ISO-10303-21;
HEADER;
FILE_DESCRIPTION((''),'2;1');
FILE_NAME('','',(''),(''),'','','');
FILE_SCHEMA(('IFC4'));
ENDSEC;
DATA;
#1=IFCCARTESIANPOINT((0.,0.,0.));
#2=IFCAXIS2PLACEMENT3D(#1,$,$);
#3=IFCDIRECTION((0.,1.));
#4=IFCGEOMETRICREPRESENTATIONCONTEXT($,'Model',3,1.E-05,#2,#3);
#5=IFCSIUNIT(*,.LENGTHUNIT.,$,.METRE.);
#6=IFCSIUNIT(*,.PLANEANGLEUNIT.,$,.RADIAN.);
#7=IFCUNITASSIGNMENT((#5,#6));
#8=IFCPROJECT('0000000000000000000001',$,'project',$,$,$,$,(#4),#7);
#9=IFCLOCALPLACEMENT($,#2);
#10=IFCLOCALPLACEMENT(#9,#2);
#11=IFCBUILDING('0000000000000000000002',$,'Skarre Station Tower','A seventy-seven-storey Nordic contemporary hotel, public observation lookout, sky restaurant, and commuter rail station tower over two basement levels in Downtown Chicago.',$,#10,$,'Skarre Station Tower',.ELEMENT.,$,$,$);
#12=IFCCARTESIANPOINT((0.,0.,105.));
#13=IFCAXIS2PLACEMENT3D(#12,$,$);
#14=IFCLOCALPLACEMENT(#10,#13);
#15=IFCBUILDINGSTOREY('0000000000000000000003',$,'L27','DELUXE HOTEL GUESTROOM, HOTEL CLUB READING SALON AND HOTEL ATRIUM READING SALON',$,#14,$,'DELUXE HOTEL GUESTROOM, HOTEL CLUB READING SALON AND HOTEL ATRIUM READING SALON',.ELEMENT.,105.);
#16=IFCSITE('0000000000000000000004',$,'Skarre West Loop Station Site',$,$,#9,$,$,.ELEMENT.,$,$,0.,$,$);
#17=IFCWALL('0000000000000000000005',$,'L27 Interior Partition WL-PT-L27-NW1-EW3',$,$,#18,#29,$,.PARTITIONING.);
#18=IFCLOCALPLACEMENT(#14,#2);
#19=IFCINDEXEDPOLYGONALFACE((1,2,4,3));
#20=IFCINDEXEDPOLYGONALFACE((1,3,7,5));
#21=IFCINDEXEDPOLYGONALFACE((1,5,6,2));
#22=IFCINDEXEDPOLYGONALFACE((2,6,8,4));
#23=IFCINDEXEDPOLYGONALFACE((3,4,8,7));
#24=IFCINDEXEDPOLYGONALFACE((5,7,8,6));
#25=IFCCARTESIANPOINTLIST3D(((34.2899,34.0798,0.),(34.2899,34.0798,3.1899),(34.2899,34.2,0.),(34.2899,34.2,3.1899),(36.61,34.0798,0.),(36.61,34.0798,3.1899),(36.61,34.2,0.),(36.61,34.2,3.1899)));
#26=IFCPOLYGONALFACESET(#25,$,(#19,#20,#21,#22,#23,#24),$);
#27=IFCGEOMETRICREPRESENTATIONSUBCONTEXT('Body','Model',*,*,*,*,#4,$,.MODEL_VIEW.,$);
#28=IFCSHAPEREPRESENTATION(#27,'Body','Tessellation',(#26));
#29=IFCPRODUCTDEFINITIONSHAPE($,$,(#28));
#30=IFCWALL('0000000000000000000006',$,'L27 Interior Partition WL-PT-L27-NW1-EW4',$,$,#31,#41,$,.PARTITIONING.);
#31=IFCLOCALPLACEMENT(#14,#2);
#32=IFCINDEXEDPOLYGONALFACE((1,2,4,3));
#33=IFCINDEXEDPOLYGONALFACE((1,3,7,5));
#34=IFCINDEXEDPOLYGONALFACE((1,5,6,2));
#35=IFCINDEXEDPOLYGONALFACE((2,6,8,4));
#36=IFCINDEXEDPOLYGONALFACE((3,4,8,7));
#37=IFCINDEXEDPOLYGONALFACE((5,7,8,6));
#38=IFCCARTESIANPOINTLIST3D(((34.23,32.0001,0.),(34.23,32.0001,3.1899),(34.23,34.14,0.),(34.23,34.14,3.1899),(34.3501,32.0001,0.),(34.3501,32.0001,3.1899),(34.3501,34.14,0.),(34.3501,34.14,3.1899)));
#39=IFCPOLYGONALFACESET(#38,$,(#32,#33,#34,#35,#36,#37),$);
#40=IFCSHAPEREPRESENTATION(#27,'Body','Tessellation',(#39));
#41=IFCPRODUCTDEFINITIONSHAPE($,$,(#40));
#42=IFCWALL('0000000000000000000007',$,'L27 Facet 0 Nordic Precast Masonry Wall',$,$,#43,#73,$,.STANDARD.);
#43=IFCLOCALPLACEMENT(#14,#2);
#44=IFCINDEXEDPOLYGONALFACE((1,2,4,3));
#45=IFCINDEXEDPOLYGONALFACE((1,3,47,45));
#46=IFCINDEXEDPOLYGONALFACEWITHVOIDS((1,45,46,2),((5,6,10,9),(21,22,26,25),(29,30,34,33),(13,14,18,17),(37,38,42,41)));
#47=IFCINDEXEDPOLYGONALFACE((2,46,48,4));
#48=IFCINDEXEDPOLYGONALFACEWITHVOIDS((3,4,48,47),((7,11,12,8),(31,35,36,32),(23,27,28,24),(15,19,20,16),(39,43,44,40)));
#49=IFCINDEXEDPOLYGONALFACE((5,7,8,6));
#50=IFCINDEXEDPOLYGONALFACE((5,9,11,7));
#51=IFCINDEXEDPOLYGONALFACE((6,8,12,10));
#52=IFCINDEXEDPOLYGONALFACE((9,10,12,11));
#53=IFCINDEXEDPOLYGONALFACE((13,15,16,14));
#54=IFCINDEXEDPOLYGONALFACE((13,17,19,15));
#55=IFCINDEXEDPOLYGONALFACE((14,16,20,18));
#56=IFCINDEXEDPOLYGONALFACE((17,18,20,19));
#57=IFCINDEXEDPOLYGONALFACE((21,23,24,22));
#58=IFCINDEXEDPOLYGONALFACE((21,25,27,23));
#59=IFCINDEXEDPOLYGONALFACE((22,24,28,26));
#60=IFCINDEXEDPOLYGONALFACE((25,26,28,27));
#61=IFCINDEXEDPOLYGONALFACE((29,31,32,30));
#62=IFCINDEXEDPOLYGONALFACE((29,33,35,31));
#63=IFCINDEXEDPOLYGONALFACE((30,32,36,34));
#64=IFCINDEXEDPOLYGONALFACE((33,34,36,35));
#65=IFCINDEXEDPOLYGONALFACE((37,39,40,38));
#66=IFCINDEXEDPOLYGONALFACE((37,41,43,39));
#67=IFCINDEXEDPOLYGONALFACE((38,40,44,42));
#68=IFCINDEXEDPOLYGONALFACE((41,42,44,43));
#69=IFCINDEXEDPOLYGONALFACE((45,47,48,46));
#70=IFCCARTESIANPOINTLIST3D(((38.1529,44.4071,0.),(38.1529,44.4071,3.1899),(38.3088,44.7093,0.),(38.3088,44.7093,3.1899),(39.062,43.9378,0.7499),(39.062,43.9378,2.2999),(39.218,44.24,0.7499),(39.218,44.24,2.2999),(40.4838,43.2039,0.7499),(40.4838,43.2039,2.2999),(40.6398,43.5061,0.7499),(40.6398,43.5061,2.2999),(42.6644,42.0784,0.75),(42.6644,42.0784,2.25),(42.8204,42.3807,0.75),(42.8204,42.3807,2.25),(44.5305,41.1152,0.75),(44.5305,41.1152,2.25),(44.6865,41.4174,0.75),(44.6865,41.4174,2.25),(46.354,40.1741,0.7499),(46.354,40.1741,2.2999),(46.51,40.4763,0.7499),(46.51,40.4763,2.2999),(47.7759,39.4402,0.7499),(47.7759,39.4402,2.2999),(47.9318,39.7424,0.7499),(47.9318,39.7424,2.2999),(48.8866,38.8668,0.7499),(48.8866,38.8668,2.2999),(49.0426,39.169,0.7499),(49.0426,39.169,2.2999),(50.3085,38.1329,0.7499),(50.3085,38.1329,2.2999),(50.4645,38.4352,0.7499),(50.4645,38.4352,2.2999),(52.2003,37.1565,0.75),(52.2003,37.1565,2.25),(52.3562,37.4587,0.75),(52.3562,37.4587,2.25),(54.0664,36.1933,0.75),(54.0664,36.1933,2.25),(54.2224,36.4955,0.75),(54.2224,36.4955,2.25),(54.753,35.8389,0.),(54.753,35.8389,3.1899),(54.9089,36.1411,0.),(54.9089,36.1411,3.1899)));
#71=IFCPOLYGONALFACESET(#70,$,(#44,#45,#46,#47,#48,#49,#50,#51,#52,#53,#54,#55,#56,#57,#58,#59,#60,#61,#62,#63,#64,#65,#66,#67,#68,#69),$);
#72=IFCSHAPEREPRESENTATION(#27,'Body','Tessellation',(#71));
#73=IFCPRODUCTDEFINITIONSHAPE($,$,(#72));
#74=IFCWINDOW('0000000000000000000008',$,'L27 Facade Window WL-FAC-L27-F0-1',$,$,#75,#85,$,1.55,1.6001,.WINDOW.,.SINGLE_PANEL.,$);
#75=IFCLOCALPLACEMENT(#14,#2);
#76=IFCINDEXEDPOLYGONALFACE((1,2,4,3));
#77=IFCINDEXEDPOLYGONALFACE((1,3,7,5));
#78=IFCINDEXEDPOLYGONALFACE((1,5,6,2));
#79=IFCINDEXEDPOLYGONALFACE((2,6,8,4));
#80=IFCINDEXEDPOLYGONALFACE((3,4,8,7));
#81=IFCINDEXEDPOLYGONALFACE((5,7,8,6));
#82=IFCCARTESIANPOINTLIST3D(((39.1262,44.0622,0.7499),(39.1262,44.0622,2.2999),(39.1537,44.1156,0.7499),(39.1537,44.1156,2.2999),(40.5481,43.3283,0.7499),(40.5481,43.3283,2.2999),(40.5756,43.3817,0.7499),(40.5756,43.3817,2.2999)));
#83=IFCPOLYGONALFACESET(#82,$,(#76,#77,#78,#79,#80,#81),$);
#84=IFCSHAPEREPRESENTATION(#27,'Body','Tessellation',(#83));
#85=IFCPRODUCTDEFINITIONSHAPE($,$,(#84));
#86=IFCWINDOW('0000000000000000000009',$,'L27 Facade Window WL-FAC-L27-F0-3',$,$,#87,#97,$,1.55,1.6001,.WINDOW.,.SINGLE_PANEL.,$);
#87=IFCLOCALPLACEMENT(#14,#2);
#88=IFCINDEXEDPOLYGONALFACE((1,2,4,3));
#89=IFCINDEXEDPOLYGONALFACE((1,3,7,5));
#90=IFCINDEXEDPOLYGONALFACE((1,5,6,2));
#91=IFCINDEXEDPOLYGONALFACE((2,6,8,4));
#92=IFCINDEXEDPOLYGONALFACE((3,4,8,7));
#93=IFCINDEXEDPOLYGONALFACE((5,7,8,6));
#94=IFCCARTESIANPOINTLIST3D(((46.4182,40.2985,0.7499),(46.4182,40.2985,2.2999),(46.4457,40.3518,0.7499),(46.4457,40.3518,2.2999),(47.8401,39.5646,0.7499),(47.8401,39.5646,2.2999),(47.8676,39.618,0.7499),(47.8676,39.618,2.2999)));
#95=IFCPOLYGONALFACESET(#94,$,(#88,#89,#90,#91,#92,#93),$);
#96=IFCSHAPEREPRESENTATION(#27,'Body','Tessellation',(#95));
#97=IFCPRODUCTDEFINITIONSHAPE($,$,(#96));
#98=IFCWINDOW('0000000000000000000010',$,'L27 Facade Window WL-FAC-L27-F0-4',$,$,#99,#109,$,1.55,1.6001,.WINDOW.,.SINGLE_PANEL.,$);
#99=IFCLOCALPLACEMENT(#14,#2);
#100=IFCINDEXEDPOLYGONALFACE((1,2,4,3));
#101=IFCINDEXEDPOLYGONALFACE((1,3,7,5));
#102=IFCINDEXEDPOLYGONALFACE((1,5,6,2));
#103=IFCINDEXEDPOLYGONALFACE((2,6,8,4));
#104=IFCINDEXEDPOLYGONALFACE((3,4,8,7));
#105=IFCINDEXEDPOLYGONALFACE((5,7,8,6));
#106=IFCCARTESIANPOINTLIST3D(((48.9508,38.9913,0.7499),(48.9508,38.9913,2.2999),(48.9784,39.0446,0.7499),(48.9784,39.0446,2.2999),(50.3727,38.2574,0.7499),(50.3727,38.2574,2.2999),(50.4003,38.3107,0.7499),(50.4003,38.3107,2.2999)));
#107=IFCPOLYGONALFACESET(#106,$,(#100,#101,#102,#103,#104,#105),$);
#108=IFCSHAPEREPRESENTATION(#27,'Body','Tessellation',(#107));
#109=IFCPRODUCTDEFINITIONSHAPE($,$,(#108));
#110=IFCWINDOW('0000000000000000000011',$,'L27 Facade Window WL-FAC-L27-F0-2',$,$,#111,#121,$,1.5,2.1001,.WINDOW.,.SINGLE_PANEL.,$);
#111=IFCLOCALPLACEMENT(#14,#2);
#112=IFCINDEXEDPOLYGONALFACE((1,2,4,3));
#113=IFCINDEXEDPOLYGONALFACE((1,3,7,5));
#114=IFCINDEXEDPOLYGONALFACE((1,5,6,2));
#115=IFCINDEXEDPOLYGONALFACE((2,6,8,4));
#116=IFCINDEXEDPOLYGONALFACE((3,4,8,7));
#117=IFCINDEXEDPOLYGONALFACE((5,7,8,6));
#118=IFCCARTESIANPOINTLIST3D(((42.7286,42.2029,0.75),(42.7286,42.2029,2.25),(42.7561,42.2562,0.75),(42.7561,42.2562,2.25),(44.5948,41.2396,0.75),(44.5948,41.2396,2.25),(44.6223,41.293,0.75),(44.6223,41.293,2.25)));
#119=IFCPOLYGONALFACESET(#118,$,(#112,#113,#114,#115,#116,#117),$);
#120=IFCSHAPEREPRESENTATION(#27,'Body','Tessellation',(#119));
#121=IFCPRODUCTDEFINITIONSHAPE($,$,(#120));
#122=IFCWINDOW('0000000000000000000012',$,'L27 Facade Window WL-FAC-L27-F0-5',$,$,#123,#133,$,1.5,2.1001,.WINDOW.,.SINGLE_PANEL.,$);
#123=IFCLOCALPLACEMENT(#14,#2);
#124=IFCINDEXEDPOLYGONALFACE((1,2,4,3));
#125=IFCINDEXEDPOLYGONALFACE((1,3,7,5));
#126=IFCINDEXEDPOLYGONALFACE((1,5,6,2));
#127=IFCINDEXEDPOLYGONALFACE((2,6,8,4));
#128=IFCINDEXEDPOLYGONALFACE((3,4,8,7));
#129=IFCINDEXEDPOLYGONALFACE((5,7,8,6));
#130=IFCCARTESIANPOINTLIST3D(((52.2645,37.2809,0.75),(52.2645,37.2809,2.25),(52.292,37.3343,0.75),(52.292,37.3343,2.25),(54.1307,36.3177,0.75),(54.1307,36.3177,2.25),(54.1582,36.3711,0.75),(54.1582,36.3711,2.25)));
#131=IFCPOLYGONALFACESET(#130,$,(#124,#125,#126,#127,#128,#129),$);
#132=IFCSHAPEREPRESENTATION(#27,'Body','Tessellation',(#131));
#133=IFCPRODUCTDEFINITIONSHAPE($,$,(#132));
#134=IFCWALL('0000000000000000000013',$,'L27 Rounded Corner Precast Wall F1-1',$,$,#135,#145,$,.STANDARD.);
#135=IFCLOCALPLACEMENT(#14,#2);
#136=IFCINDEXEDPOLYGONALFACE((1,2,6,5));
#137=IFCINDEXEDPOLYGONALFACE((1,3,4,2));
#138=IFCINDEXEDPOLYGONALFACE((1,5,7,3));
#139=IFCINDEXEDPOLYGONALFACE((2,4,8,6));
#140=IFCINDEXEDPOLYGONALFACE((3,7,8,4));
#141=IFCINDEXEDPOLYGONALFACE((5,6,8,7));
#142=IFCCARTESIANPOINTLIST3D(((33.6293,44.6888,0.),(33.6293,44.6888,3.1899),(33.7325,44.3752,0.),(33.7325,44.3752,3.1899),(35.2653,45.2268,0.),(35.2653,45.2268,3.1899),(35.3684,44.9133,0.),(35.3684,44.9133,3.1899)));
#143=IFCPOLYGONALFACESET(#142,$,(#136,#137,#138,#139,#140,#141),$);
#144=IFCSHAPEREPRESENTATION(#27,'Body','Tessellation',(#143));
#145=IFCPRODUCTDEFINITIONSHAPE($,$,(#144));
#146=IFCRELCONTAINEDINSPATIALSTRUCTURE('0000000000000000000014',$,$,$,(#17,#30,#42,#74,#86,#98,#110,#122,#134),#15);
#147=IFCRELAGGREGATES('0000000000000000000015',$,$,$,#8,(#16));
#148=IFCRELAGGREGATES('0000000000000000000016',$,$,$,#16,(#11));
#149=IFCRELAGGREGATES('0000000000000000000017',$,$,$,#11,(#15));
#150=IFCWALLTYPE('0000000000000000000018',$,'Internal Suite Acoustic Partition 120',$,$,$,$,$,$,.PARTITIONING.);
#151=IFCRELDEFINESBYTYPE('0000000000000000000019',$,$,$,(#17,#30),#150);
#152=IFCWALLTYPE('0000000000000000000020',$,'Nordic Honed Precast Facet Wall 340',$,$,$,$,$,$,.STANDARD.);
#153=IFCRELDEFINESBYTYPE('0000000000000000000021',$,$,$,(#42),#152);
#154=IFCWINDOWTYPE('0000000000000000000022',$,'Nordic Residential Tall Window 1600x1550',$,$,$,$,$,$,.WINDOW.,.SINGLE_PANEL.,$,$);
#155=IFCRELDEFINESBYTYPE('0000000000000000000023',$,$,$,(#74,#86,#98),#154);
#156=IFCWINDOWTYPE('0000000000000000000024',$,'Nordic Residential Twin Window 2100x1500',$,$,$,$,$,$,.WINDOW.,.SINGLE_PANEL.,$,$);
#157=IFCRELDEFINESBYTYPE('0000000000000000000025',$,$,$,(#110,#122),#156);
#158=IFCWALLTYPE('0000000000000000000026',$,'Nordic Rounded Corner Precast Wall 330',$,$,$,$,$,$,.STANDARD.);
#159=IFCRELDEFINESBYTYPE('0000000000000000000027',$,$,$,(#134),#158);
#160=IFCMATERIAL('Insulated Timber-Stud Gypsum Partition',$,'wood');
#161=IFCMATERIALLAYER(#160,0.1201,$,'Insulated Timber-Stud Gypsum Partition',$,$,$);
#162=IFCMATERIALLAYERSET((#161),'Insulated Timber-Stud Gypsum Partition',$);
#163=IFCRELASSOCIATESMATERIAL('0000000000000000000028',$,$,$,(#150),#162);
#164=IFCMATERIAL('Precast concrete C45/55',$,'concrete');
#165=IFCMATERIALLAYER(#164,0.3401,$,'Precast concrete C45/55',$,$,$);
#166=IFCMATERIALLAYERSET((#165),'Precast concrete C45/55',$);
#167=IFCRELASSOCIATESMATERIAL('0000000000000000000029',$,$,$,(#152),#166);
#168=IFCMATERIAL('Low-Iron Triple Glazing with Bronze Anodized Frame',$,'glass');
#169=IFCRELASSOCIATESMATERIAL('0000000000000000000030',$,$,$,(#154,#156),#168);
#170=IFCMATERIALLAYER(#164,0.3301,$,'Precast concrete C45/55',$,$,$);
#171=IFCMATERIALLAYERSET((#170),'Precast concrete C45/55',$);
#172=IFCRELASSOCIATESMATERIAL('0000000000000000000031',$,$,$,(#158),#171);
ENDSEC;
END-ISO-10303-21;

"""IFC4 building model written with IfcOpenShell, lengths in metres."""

from ifc_helpers import new_model, si_unit, direction, frame, frame_2d, origin, place, context, subcontext, project, spatial, rectangle, extrude, material, layer, layer_set, type_object, element, fill, save


model = new_model("IFC4")

# Units and contexts
model_context = context("Model", 3, precision=1e-05, world=origin(), true_north=direction((0.0, 1.0)))
body_context = subcontext(model_context, "Body", "Model", "MODEL_VIEW")
ifc_project = project(units=[si_unit("LENGTHUNIT", "METRE"), si_unit("PLANEANGLEUNIT", "RADIAN")], contexts=[model_context])

# Site, building, storey
site_placement = place(None, origin())
site = spatial("IfcSite", under=ifc_project, at=site_placement, Name="Skarre West Loop Station Site", CompositionType="ELEMENT", RefElevation=0.0)
building_placement = place(site_placement, origin())
building = spatial("IfcBuilding", under=site, at=building_placement, Name="Skarre Station Tower", Description="A seventy-seven-storey Nordic contemporary hotel, public observation lookout, sky restaurant, and commuter rail station tower over two basement levels in Downtown Chicago.", LongName="Skarre Station Tower", CompositionType="ELEMENT")
storey_placement = place(building_placement, frame((0.0, 0.0, 105.0)))
storey = spatial("IfcBuildingStorey", under=building, at=storey_placement, Name="L27", Description="DELUXE HOTEL GUESTROOM, HOTEL CLUB READING SALON AND HOTEL ATRIUM READING SALON", LongName="DELUXE HOTEL GUESTROOM, HOTEL CLUB READING SALON AND HOTEL ATRIUM READING SALON", CompositionType="ELEMENT", Elevation=105.0)

# Walls
ifc_material_1 = material(Name="Insulated Timber-Stud Gypsum Partition", Category="wood")
ifc_layer_1 = layer(ifc_material_1, 0.1201, Name="Insulated Timber-Stud Gypsum Partition")
ifc_layer_set_1 = layer_set([ifc_layer_1], Name="Insulated Timber-Stud Gypsum Partition")
wall_type_1 = type_object("IfcWallType", Name="Internal Suite Acoustic Partition 120", PredefinedType="PARTITIONING", material=ifc_layer_set_1)
wall_1_placement = place(storey_placement, frame((36.6101, 34.1399, 0.0), z_axis=(0.0, 0.0, 1.0), x_axis=(-1.0, 0.0, 0.0)))
element("IfcWall", 1, at=wall_1_placement, inside=storey, type_object=wall_type_1, Name="L27 Interior Partition WL-PT-L27-NW1-EW3", PredefinedType="PARTITIONING", context=body_context, shape_type="SweptSolid", body=[
    extrude(rectangle(XDim=2.3201, YDim=0.1201, at=frame_2d((1.1602, 0.0))), origin(), (0.0, 0.0, 1.0), 3.1899),
])
wall_2_placement = place(storey_placement, frame((34.29, 34.1399, 0.0), z_axis=(0.0, 0.0, 1.0), x_axis=(0.0, -1.0, 0.0)))
element("IfcWall", 2, at=wall_2_placement, inside=storey, type_object=wall_type_1, Name="L27 Interior Partition WL-PT-L27-NW1-EW4", PredefinedType="PARTITIONING", context=body_context, shape_type="SweptSolid", body=[
    extrude(rectangle(XDim=2.1399, YDim=0.1201, at=frame_2d((1.0698, 0.0))), origin(), (0.0, 0.0, 1.0), 3.1899),
])

# Wall, openings, windows
ifc_material_2 = material(Name="Precast concrete C45/55", Category="concrete")
ifc_layer_2 = layer(ifc_material_2, 0.3401, Name="Precast concrete C45/55")
ifc_layer_set_2 = layer_set([ifc_layer_2], Name="Precast concrete C45/55")
wall_type_2 = type_object("IfcWallType", Name="Nordic Honed Precast Facet Wall 340", PredefinedType="STANDARD", material=ifc_layer_set_2)
wall_3_placement = place(storey_placement, frame((38.231, 44.5581, 0.0), z_axis=(0.0, 0.0, 1.0), x_axis=(0.888614, -0.458657, 0.0)))
wall_3 = element("IfcWall", 3, at=wall_3_placement, inside=storey, type_object=wall_type_2, Name="L27 Facet 0 Nordic Precast Masonry Wall", PredefinedType="STANDARD", context=body_context, shape_type="SweptSolid", body=[
    extrude(rectangle(XDim=18.6809, YDim=0.3401, at=frame_2d((9.3403, 0.0))), origin(), (0.0, 0.0, 1.0), 3.1899),
])
opening_1_placement = place(wall_3_placement, frame((1.0229, 0.0, 0.75)))
opening_1 = element("IfcOpeningElement", 4, at=opening_1_placement, cuts=wall_3, PredefinedType="OPENING", context=body_context, shape_type="SweptSolid", body=[
    extrude(rectangle(XDim=1.6001, YDim=1.55, at=frame_2d((0.8, 0.7749))), frame((0.0, 0.1799, 0.0), z_axis=(0.0, -1.0, 0.0), x_axis=(1.0, 0.0, 0.0)), (0.0, 0.0, 1.0), 0.3601),
])
opening_2_placement = place(wall_3_placement, frame((5.0769, 0.0, 0.75)))
opening_2 = element("IfcOpeningElement", 5, at=opening_2_placement, cuts=wall_3, PredefinedType="OPENING", context=body_context, shape_type="SweptSolid", body=[
    extrude(rectangle(XDim=2.1001, YDim=1.5, at=frame_2d((1.05, 0.75))), frame((0.0, 0.1799, 0.0), z_axis=(0.0, -1.0, 0.0), x_axis=(1.0, 0.0, 0.0)), (0.0, 0.0, 1.0), 0.3601),
])
opening_3_placement = place(wall_3_placement, frame((9.229, 0.0, 0.75)))
opening_3 = element("IfcOpeningElement", 6, at=opening_3_placement, cuts=wall_3, PredefinedType="OPENING", context=body_context, shape_type="SweptSolid", body=[
    extrude(rectangle(XDim=1.6001, YDim=1.55, at=frame_2d((0.8, 0.7749))), frame((0.0, 0.1799, 0.0), z_axis=(0.0, -1.0, 0.0), x_axis=(1.0, 0.0, 0.0)), (0.0, 0.0, 1.0), 0.3601),
])
opening_4_placement = place(wall_3_placement, frame((12.0791, 0.0, 0.75)))
opening_4 = element("IfcOpeningElement", 7, at=opening_4_placement, cuts=wall_3, PredefinedType="OPENING", context=body_context, shape_type="SweptSolid", body=[
    extrude(rectangle(XDim=1.6001, YDim=1.55, at=frame_2d((0.8, 0.7749))), frame((0.0, 0.1799, 0.0), z_axis=(0.0, -1.0, 0.0), x_axis=(1.0, 0.0, 0.0)), (0.0, 0.0, 1.0), 0.3601),
])
opening_5_placement = place(wall_3_placement, frame((15.8081, 0.0, 0.75)))
opening_5 = element("IfcOpeningElement", 8, at=opening_5_placement, cuts=wall_3, PredefinedType="OPENING", context=body_context, shape_type="SweptSolid", body=[
    extrude(rectangle(XDim=2.1001, YDim=1.5, at=frame_2d((1.05, 0.75))), frame((0.0, 0.1799, 0.0), z_axis=(0.0, -1.0, 0.0), x_axis=(1.0, 0.0, 0.0)), (0.0, 0.0, 1.0), 0.3601),
])
ifc_material_3 = material(Name="Low-Iron Triple Glazing with Bronze Anodized Frame", Category="glass")
window_type_1 = type_object("IfcWindowType", Name="Nordic Residential Tall Window 1600x1550", PartitioningType="SINGLE_PANEL", PredefinedType="WINDOW", material=ifc_material_3)
window_1_placement = place(opening_1_placement, origin())
window_1 = element("IfcWindow", 9, at=window_1_placement, inside=storey, type_object=window_type_1, Name="L27 Facade Window WL-FAC-L27-F0-1", OverallHeight=1.55, OverallWidth=1.6001, PartitioningType="SINGLE_PANEL", PredefinedType="WINDOW", context=body_context, shape_type="SweptSolid", body=[
    extrude(rectangle(XDim=1.6001, YDim=1.55, at=frame_2d((0.8, 0.7749))), frame((0.0, 0.03, 0.0), z_axis=(0.0, -1.0, 0.0), x_axis=(1.0, 0.0, 0.0)), (0.0, 0.0, 1.0), 0.0601),
])
fill(opening_1, window_1)
window_2_placement = place(opening_3_placement, origin())
window_2 = element("IfcWindow", 10, at=window_2_placement, inside=storey, type_object=window_type_1, Name="L27 Facade Window WL-FAC-L27-F0-3", OverallHeight=1.55, OverallWidth=1.6001, PartitioningType="SINGLE_PANEL", PredefinedType="WINDOW", context=body_context, shape_type="SweptSolid", body=[
    extrude(rectangle(XDim=1.6001, YDim=1.55, at=frame_2d((0.8, 0.7749))), frame((0.0, 0.03, 0.0), z_axis=(0.0, -1.0, 0.0), x_axis=(1.0, 0.0, 0.0)), (0.0, 0.0, 1.0), 0.0601),
])
fill(opening_3, window_2)
window_3_placement = place(opening_4_placement, origin())
window_3 = element("IfcWindow", 11, at=window_3_placement, inside=storey, type_object=window_type_1, Name="L27 Facade Window WL-FAC-L27-F0-4", OverallHeight=1.55, OverallWidth=1.6001, PartitioningType="SINGLE_PANEL", PredefinedType="WINDOW", context=body_context, shape_type="SweptSolid", body=[
    extrude(rectangle(XDim=1.6001, YDim=1.55, at=frame_2d((0.8, 0.7749))), frame((0.0, 0.03, 0.0), z_axis=(0.0, -1.0, 0.0), x_axis=(1.0, 0.0, 0.0)), (0.0, 0.0, 1.0), 0.0601),
])
fill(opening_4, window_3)
window_type_2 = type_object("IfcWindowType", Name="Nordic Residential Twin Window 2100x1500", PartitioningType="SINGLE_PANEL", PredefinedType="WINDOW", material=ifc_material_3)
window_4_placement = place(opening_2_placement, origin())
window_4 = element("IfcWindow", 12, at=window_4_placement, inside=storey, type_object=window_type_2, Name="L27 Facade Window WL-FAC-L27-F0-2", OverallHeight=1.5, OverallWidth=2.1001, PartitioningType="SINGLE_PANEL", PredefinedType="WINDOW", context=body_context, shape_type="SweptSolid", body=[
    extrude(rectangle(XDim=2.1001, YDim=1.5, at=frame_2d((1.05, 0.75))), frame((0.0, 0.03, 0.0), z_axis=(0.0, -1.0, 0.0), x_axis=(1.0, 0.0, 0.0)), (0.0, 0.0, 1.0), 0.0601),
])
fill(opening_2, window_4)
window_5_placement = place(opening_5_placement, origin())
window_5 = element("IfcWindow", 13, at=window_5_placement, inside=storey, type_object=window_type_2, Name="L27 Facade Window WL-FAC-L27-F0-5", OverallHeight=1.5, OverallWidth=2.1001, PartitioningType="SINGLE_PANEL", PredefinedType="WINDOW", context=body_context, shape_type="SweptSolid", body=[
    extrude(rectangle(XDim=2.1001, YDim=1.5, at=frame_2d((1.05, 0.75))), frame((0.0, 0.03, 0.0), z_axis=(0.0, -1.0, 0.0), x_axis=(1.0, 0.0, 0.0)), (0.0, 0.0, 1.0), 0.0601),
])
fill(opening_5, window_5)

# Wall
ifc_layer_3 = layer(ifc_material_2, 0.3301, Name="Precast concrete C45/55")
ifc_layer_set_3 = layer_set([ifc_layer_3], Name="Precast concrete C45/55")
wall_type_3 = type_object("IfcWallType", Name="Nordic Rounded Corner Precast Wall 330", PredefinedType="STANDARD", material=ifc_layer_set_3)
wall_4_placement = place(storey_placement, frame((33.6809, 44.532, 0.0), z_axis=(0.0, 0.0, 1.0), x_axis=(0.949937, 0.31244, 0.0)))
element("IfcWall", 14, at=wall_4_placement, inside=storey, type_object=wall_type_3, Name="L27 Rounded Corner Precast Wall F1-1", PredefinedType="STANDARD", context=body_context, shape_type="SweptSolid", body=[
    extrude(rectangle(XDim=1.7222, YDim=0.3301, at=frame_2d((0.8611, 0.0))), origin(), (0.0, 0.0, 1.0), 3.1899),
])

save(model, "model.ifc")
